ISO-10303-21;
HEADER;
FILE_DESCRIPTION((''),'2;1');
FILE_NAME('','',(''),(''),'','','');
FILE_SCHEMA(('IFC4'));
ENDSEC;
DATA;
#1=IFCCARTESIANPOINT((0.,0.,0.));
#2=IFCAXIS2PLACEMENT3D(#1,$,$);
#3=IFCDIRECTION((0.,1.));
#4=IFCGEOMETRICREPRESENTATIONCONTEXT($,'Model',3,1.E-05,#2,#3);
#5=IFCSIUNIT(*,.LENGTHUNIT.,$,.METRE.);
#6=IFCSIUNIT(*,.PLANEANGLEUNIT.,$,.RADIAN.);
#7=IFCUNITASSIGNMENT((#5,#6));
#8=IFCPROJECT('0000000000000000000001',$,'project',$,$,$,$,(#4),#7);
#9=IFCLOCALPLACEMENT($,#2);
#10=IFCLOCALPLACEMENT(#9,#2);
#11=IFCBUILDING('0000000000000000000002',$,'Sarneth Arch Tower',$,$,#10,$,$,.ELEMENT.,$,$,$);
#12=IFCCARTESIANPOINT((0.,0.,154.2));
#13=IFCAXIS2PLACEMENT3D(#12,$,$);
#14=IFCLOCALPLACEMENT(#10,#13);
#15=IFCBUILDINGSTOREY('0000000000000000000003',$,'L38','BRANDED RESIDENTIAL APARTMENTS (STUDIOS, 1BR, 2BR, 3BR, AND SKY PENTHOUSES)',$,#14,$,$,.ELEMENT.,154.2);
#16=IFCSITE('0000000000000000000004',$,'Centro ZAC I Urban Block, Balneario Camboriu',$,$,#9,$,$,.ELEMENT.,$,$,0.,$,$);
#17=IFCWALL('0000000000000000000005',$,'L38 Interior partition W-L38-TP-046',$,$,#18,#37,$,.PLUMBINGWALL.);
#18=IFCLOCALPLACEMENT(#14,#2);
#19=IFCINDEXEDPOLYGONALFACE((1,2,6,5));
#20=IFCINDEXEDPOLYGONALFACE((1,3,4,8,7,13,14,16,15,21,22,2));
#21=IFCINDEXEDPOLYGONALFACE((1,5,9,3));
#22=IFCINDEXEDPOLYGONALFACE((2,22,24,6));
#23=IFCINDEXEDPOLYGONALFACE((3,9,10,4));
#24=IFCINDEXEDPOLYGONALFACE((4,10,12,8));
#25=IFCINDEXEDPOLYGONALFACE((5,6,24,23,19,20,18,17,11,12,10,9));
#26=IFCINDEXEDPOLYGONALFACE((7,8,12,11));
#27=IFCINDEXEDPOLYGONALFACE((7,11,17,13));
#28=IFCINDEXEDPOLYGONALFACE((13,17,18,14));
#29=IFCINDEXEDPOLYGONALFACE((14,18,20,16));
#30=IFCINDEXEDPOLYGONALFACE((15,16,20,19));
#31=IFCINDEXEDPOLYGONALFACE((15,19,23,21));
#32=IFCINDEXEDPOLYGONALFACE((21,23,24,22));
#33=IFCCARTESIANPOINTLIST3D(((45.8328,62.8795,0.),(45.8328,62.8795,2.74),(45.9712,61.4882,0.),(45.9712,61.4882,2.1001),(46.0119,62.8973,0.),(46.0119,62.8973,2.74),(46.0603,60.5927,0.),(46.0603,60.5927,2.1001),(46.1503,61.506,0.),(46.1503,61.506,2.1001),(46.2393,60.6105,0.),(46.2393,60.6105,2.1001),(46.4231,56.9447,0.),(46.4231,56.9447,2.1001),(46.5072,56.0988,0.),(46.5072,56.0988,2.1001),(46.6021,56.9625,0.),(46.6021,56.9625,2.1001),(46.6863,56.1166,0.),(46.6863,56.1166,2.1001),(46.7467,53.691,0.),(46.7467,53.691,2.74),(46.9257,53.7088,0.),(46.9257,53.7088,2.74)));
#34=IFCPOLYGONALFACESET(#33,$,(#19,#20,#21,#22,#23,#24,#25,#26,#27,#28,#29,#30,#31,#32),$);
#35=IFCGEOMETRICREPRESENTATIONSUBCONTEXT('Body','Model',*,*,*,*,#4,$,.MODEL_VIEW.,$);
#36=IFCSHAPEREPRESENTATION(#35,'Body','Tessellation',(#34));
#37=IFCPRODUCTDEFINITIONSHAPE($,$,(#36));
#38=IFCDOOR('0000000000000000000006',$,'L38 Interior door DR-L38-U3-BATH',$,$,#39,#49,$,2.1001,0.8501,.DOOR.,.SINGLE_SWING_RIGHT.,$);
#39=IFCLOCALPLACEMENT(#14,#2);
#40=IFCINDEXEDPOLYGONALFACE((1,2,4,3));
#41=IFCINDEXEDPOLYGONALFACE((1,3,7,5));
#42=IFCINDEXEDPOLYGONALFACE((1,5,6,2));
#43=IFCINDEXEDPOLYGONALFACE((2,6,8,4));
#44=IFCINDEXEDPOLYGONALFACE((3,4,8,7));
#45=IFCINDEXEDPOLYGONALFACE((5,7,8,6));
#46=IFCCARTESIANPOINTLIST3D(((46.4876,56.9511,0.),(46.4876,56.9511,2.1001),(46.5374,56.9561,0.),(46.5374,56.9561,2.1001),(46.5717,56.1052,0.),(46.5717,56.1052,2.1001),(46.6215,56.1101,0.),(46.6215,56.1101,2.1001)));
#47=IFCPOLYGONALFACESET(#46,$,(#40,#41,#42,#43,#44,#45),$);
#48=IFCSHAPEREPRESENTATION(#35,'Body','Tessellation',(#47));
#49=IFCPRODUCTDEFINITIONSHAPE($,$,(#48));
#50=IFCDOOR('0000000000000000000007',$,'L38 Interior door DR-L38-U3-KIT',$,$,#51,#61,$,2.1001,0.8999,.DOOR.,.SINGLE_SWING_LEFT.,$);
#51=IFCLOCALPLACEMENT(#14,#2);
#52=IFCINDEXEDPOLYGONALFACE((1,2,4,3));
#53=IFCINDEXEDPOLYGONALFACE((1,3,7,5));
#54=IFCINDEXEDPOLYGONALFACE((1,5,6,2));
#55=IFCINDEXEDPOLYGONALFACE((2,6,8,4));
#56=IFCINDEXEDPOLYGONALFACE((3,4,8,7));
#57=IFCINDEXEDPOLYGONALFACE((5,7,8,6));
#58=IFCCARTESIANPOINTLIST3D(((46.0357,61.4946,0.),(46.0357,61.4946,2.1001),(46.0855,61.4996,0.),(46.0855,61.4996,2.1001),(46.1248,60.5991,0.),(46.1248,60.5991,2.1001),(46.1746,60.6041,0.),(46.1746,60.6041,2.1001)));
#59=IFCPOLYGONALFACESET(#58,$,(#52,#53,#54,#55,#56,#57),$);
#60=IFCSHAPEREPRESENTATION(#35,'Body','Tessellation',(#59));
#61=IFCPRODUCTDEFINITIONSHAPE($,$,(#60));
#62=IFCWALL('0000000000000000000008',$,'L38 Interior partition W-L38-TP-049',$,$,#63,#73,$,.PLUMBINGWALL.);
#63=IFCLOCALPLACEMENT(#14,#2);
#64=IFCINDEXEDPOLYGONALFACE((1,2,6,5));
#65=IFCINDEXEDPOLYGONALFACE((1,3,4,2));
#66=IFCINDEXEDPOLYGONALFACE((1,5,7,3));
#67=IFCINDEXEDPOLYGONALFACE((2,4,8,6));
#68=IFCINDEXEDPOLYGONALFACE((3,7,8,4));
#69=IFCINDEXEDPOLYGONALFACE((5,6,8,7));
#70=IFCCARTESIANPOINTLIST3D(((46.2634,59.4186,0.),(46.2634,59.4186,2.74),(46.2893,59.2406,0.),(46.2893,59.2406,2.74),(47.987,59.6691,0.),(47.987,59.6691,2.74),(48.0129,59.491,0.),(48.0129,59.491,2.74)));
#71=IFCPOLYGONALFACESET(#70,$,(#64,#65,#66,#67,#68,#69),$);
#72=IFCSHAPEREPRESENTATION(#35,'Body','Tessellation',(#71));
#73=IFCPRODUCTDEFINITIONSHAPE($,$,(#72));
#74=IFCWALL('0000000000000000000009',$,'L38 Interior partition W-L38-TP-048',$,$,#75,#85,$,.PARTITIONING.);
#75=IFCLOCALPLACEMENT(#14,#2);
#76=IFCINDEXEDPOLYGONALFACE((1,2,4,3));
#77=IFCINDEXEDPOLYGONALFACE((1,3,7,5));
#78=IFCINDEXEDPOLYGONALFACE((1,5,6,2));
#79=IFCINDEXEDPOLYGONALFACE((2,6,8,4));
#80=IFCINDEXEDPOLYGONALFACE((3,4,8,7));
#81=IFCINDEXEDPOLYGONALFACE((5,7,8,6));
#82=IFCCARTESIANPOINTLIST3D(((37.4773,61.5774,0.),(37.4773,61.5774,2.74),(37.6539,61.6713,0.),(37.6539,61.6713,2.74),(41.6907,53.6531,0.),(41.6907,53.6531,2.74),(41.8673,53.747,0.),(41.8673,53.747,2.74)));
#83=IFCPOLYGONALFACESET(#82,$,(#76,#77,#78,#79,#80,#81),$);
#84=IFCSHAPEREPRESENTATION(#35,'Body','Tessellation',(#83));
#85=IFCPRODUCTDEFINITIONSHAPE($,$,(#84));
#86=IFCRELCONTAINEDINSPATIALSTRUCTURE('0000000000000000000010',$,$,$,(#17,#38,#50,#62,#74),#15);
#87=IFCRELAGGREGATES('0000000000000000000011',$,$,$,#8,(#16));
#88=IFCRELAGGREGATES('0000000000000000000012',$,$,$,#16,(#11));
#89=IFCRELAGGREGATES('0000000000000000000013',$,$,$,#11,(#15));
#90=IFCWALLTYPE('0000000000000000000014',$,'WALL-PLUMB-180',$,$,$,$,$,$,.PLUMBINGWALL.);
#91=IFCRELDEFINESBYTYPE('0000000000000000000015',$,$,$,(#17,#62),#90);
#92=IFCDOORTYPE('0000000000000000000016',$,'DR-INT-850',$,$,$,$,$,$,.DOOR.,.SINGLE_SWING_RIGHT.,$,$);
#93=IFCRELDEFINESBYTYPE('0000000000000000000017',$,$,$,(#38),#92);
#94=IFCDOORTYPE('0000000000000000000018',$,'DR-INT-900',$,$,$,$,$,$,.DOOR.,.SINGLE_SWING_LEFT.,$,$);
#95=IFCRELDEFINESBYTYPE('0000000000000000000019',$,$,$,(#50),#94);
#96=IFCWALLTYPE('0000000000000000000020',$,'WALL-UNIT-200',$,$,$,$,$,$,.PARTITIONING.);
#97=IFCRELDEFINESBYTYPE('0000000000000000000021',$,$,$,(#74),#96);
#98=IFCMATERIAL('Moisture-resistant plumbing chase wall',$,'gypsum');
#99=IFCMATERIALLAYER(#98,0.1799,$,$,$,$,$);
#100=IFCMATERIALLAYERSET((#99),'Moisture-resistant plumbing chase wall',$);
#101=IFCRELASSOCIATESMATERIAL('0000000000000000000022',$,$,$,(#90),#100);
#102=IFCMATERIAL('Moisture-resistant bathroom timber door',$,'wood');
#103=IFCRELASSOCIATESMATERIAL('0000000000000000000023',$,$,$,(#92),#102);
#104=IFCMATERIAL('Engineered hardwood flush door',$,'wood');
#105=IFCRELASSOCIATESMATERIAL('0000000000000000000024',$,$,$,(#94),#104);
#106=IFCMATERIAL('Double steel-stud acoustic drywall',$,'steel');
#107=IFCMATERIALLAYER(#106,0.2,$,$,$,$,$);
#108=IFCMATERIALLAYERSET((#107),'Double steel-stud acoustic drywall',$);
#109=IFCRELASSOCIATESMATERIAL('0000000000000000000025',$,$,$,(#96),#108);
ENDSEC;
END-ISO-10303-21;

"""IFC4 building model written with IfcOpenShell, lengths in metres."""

from ifc_helpers import new_model, si_unit, direction, frame, frame_2d, origin, place, context, subcontext, project, spatial, rectangle, extrude, material, layer, layer_set, type_object, element, fill, save


model = new_model("IFC4")

# Units and contexts
model_context = context("Model", 3, precision=1e-05, world=origin(), true_north=direction((0.0, 1.0)))
body_context = subcontext(model_context, "Body", "Model", "MODEL_VIEW")
ifc_project = project(units=[si_unit("LENGTHUNIT", "METRE"), si_unit("PLANEANGLEUNIT", "RADIAN")], contexts=[model_context])

# Site, building, storey
site_placement = place(None, origin())
site = spatial("IfcSite", under=ifc_project, at=site_placement, Name="Centro ZAC I Urban Block, Balneario Camboriu", CompositionType="ELEMENT", RefElevation=0.0)
building_placement = place(site_placement, origin())
building = spatial("IfcBuilding", under=site, at=building_placement, Name="Sarneth Arch Tower", CompositionType="ELEMENT")
storey_placement = place(building_placement, frame((0.0, 0.0, 154.2)))
storey = spatial("IfcBuildingStorey", under=building, at=storey_placement, Name="L38", Description="BRANDED RESIDENTIAL APARTMENTS (STUDIOS, 1BR, 2BR, 3BR, AND SKY PENTHOUSES)", CompositionType="ELEMENT", Elevation=154.2)

# Wall, openings, doors
ifc_material_1 = material(Name="Moisture-resistant plumbing chase wall", Category="gypsum")
ifc_layer_1 = layer(ifc_material_1, 0.1799)
ifc_layer_set_1 = layer_set([ifc_layer_1], Name="Moisture-resistant plumbing chase wall")
wall_type_1 = type_object("IfcWallType", Name="WALL-PLUMB-180", PredefinedType="PLUMBINGWALL", material=ifc_layer_set_1)
wall_1_placement = place(storey_placement, frame((45.9224, 62.8884, 0.0), z_axis=(0.0, 0.0, 1.0), x_axis=(0.098964, -0.995091, 0.0)))
wall_1 = element("IfcWall", 1, at=wall_1_placement, inside=storey, type_object=wall_type_1, Name="L38 Interior partition W-L38-TP-046", PredefinedType="PLUMBINGWALL", context=body_context, shape_type="SweptSolid", body=[
    extrude(rectangle(XDim=9.2339, YDim=0.1799, at=frame_2d((4.6169, 0.0))), origin(), (0.0, 0.0, 1.0), 2.74),
])
opening_1_placement = place(wall_1_placement, frame((5.9641, 0.0, 0.0)))
opening_1 = element("IfcOpeningElement", 2, at=opening_1_placement, cuts=wall_1, PredefinedType="OPENING", context=body_context, shape_type="SweptSolid", body=[
    extrude(rectangle(XDim=0.8501, YDim=2.1001, at=frame_2d((0.425, 1.05))), frame((0.0, 0.0999, 0.0), z_axis=(0.0, -1.0, 0.0), x_axis=(1.0, 0.0, 0.0)), (0.0, 0.0, 1.0), 0.2),
])
opening_2_placement = place(wall_1_placement, frame((1.3982, 0.0, 0.0)))
opening_2 = element("IfcOpeningElement", 3, at=opening_2_placement, cuts=wall_1, PredefinedType="OPENING", context=body_context, shape_type="SweptSolid", body=[
    extrude(rectangle(XDim=0.8999, YDim=2.1001, at=frame_2d((0.45, 1.05))), frame((0.0, 0.0999, 0.0), z_axis=(0.0, -1.0, 0.0), x_axis=(1.0, 0.0, 0.0)), (0.0, 0.0, 1.0), 0.2),
])
ifc_material_2 = material(Name="Moisture-resistant bathroom timber door", Category="wood")
door_type_1 = type_object("IfcDoorType", Name="DR-INT-850", OperationType="SINGLE_SWING_RIGHT", PredefinedType="DOOR", material=ifc_material_2)
door_1_placement = place(opening_1_placement, origin())
door_1 = element("IfcDoor", 4, at=door_1_placement, inside=storey, type_object=door_type_1, Name="L38 Interior door DR-L38-U3-BATH", OperationType="SINGLE_SWING_RIGHT", OverallHeight=2.1001, OverallWidth=0.8501, PredefinedType="DOOR", context=body_context, shape_type="SweptSolid", body=[
    extrude(rectangle(XDim=0.8501, YDim=2.1001, at=frame_2d((0.425, 1.05))), frame((0.0, 0.0249, 0.0), z_axis=(0.0, -1.0, 0.0), x_axis=(1.0, 0.0, 0.0)), (0.0, 0.0, 1.0), 0.05),
])
fill(opening_1, door_1)
ifc_material_3 = material(Name="Engineered hardwood flush door", Category="wood")
door_type_2 = type_object("IfcDoorType", Name="DR-INT-900", OperationType="SINGLE_SWING_LEFT", PredefinedType="DOOR", material=ifc_material_3)
door_2_placement = place(opening_2_placement, origin())
door_2 = element("IfcDoor", 5, at=door_2_placement, inside=storey, type_object=door_type_2, Name="L38 Interior door DR-L38-U3-KIT", OperationType="SINGLE_SWING_LEFT", OverallHeight=2.1001, OverallWidth=0.8999, PredefinedType="DOOR", context=body_context, shape_type="SweptSolid", body=[
    extrude(rectangle(XDim=0.8999, YDim=2.1001, at=frame_2d((0.45, 1.05))), frame((0.0, 0.0249, 0.0), z_axis=(0.0, -1.0, 0.0), x_axis=(1.0, 0.0, 0.0)), (0.0, 0.0, 1.0), 0.05),
])
fill(opening_2, door_2)

# Walls
wall_2_placement = place(storey_placement, frame((46.2764, 59.3296, 0.0), z_axis=(0.0, 0.0, 1.0), x_axis=(0.989605, 0.143815, 0.0)))
element("IfcWall", 6, at=wall_2_placement, inside=storey, type_object=wall_type_1, Name="L38 Interior partition W-L38-TP-049", PredefinedType="PLUMBINGWALL", context=body_context, shape_type="SweptSolid", body=[
    extrude(rectangle(XDim=1.7417, YDim=0.1799, at=frame_2d((0.8708, 0.0))), origin(), (0.0, 0.0, 1.0), 2.74),
])
ifc_material_4 = material(Name="Double steel-stud acoustic drywall", Category="steel")
ifc_layer_2 = layer(ifc_material_4, 0.2)
ifc_layer_set_2 = layer_set([ifc_layer_2], Name="Double steel-stud acoustic drywall")
wall_type_2 = type_object("IfcWallType", Name="WALL-UNIT-200", PredefinedType="PARTITIONING", material=ifc_layer_set_2)
wall_3_placement = place(storey_placement, frame((37.5657, 61.6243, 0.0), z_axis=(0.0, 0.0, 1.0), x_axis=(0.469467, -0.88295, 0.0)))
element("IfcWall", 7, at=wall_3_placement, inside=storey, type_object=wall_type_2, Name="L38 Interior partition W-L38-TP-048", PredefinedType="PARTITIONING", context=body_context, shape_type="SweptSolid", body=[
    extrude(rectangle(XDim=8.9749, YDim=0.2, at=frame_2d((4.4873, 0.0))), origin(), (0.0, 0.0, 1.0), 2.74),
])

save(model, "model.ifc")
